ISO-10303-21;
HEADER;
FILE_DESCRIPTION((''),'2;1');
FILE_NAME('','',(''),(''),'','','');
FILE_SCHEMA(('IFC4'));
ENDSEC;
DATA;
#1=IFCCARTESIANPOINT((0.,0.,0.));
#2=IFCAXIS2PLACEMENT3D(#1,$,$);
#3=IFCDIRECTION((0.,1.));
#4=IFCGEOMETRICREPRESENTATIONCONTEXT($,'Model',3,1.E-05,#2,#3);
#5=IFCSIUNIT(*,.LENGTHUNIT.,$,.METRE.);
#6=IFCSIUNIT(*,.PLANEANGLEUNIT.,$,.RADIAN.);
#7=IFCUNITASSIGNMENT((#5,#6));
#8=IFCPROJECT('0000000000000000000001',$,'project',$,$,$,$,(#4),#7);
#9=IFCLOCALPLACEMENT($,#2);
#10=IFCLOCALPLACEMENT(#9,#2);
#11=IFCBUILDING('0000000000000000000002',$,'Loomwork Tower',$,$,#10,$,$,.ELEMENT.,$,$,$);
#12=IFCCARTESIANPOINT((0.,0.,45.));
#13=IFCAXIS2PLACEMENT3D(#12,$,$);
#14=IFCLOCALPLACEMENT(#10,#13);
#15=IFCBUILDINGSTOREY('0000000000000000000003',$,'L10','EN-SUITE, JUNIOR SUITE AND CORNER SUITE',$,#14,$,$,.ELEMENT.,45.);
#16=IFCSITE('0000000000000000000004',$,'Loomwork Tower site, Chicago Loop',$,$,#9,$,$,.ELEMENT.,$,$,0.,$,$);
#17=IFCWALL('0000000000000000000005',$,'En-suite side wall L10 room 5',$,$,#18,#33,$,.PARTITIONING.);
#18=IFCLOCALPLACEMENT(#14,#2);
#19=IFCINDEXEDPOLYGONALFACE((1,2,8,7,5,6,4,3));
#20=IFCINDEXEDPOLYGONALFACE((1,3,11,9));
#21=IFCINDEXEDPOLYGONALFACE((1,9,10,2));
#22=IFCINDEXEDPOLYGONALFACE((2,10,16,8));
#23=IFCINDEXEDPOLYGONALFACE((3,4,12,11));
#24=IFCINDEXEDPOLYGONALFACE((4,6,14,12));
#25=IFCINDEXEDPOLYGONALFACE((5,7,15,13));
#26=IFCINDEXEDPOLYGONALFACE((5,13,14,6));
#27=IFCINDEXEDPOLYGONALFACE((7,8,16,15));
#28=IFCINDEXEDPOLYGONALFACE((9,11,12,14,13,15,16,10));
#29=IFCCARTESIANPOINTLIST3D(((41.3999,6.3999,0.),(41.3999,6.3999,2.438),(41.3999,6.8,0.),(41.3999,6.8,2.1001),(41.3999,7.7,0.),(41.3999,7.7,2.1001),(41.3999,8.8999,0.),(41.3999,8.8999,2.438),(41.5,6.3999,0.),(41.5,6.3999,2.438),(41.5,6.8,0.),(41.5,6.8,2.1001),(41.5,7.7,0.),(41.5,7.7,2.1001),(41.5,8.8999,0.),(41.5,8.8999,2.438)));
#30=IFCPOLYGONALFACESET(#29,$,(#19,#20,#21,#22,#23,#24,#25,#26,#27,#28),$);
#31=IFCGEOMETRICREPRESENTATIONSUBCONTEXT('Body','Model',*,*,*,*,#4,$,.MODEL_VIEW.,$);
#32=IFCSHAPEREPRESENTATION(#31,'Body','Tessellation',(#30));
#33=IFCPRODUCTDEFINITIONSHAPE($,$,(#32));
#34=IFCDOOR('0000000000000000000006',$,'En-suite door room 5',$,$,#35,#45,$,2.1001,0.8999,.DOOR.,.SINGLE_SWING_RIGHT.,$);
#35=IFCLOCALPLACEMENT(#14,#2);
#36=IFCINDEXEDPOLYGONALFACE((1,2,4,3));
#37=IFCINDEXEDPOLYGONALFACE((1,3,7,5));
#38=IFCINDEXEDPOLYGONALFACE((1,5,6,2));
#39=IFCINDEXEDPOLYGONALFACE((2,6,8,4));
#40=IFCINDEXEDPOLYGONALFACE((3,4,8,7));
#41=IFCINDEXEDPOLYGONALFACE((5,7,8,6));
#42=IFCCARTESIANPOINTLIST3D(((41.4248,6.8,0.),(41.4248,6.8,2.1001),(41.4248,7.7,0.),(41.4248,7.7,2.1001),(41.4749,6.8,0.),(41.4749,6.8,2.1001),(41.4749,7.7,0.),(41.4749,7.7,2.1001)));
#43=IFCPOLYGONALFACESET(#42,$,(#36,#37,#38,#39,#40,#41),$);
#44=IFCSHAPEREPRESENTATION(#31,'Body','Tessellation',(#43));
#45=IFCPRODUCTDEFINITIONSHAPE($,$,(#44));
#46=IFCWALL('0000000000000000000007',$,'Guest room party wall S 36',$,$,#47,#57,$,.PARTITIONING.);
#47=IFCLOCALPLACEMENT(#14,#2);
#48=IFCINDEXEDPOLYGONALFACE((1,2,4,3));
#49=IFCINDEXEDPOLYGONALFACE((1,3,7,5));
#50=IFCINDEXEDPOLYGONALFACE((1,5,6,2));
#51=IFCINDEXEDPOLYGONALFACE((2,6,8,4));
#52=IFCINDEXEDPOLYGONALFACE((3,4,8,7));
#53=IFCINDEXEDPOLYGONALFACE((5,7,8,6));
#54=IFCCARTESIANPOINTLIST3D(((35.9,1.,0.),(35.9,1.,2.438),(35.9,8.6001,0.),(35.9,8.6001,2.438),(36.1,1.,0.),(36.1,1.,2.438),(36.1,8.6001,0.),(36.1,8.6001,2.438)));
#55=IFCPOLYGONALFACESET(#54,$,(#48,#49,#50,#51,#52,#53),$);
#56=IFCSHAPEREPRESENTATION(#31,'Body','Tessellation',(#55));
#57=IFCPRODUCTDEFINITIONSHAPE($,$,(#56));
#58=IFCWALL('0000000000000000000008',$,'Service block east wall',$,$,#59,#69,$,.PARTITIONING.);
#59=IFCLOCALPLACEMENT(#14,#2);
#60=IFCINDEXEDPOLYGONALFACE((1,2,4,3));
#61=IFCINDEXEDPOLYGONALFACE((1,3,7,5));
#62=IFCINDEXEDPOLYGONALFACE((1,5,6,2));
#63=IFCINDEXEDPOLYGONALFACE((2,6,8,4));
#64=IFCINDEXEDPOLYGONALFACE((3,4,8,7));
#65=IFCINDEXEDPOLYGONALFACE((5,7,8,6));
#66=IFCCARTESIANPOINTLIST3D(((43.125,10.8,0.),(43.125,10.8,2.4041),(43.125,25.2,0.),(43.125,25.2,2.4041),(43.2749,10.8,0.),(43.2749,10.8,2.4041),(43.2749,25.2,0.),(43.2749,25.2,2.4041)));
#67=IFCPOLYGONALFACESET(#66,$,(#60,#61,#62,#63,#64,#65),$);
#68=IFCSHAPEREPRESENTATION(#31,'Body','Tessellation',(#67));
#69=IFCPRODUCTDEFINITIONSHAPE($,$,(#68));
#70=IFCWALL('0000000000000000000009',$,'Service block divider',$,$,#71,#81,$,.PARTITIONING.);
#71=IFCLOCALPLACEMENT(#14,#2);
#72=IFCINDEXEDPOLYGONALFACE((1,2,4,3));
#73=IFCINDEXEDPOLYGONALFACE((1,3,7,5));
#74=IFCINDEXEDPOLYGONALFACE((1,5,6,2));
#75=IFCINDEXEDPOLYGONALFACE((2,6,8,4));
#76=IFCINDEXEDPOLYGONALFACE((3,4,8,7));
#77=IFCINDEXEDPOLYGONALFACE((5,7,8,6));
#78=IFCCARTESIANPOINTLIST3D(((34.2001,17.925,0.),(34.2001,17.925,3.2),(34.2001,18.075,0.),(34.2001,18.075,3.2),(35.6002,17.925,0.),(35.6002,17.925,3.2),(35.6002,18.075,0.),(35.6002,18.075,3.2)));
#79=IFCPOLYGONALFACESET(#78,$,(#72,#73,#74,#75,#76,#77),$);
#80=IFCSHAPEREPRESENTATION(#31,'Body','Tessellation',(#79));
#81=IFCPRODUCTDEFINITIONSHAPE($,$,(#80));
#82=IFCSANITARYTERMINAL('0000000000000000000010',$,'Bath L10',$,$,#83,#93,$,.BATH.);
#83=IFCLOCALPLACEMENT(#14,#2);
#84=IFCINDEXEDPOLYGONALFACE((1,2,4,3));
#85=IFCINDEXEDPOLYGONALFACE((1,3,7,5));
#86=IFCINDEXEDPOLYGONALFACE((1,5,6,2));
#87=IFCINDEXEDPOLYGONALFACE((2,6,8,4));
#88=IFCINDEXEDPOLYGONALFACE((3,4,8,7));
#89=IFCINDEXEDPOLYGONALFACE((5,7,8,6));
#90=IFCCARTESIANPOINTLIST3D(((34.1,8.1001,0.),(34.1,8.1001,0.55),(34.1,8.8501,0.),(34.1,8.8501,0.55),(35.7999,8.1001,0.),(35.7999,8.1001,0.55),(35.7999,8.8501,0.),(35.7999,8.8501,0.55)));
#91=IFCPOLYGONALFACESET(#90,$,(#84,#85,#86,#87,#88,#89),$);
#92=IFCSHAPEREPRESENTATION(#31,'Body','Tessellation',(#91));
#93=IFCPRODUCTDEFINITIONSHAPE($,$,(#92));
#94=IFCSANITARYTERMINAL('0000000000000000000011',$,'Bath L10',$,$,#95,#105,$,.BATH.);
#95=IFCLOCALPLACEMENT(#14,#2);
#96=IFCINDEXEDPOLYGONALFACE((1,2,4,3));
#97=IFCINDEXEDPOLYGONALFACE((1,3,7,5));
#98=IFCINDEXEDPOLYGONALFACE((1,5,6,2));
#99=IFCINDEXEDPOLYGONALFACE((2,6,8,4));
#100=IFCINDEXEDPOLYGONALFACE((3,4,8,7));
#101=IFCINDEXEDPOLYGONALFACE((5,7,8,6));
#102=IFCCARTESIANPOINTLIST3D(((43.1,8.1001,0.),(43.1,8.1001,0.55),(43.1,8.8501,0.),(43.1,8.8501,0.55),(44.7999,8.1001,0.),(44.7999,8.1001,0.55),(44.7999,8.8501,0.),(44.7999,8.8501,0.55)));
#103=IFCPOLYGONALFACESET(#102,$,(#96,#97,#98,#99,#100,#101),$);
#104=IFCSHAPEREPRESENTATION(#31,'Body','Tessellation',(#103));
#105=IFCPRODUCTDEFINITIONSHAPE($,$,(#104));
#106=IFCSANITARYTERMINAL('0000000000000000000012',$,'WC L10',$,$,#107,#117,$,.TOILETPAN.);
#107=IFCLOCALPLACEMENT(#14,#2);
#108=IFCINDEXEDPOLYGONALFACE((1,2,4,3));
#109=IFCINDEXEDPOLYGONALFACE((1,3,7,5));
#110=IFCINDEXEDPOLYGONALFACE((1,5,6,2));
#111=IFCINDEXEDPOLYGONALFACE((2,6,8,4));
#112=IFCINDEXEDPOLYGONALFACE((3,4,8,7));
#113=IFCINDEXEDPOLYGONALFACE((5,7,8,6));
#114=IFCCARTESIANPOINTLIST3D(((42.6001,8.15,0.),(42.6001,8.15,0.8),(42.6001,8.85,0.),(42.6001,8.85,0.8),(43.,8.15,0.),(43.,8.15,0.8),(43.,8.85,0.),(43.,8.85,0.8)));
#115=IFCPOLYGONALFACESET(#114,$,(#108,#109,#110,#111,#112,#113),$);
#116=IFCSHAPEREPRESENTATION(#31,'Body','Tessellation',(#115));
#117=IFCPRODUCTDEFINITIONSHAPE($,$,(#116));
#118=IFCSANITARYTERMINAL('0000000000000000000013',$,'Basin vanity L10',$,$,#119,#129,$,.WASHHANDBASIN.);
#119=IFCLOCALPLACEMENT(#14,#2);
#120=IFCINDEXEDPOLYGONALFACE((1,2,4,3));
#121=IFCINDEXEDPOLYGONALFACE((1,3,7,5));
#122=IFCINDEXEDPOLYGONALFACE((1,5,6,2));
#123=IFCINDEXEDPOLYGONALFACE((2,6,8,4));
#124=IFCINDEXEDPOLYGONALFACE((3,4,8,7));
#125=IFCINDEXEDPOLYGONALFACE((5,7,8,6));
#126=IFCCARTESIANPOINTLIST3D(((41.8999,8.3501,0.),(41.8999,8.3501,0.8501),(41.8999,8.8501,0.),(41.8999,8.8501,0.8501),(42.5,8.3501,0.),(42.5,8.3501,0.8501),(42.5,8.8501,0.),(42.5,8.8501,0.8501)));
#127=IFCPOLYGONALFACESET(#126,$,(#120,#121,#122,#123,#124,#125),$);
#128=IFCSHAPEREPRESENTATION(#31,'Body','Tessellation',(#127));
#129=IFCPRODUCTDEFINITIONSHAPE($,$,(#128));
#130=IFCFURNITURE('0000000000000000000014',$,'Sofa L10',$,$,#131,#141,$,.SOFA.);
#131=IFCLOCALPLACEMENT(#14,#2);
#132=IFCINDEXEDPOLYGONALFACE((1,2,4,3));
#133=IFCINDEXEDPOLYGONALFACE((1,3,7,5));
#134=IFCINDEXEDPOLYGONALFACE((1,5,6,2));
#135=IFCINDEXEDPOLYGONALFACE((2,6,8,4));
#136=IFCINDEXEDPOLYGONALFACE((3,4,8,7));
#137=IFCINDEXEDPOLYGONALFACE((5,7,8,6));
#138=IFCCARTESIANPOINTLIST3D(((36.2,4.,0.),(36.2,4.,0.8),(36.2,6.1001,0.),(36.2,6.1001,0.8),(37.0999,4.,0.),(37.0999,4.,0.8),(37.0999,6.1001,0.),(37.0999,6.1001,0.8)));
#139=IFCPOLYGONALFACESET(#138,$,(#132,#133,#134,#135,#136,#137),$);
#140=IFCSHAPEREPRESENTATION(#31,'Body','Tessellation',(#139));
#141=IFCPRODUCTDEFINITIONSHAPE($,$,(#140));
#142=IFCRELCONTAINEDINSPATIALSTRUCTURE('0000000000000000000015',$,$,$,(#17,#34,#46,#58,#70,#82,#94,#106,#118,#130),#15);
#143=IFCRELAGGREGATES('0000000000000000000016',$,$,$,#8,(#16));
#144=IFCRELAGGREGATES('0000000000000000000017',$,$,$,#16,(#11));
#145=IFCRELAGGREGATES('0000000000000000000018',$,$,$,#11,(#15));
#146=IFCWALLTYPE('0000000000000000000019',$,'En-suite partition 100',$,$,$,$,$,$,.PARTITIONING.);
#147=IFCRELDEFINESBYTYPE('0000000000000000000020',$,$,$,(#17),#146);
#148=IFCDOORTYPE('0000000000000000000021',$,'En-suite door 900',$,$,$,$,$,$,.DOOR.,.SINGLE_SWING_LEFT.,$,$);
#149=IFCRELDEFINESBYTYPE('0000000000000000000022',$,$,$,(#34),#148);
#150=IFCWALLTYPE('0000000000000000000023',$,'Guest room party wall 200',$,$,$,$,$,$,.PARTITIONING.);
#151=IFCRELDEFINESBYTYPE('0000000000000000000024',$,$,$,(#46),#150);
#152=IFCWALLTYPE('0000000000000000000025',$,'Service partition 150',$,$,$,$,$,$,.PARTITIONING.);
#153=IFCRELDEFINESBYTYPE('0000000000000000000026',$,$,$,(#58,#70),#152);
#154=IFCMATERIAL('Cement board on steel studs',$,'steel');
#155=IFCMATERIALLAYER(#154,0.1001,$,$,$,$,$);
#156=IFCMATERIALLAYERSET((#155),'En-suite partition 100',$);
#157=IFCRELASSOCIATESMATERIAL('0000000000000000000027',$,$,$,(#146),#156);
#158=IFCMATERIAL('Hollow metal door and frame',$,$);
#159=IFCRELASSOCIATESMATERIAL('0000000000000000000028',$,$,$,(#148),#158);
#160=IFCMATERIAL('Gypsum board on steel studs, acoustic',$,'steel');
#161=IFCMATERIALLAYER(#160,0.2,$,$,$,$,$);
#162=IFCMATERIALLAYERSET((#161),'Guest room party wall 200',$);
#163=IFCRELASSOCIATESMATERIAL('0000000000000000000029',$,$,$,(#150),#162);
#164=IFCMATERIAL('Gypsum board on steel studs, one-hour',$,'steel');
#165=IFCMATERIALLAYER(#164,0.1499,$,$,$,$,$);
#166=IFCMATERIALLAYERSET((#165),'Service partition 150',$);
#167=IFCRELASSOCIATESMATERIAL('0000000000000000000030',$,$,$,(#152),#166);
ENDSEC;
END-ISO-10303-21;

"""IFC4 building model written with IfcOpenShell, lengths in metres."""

from ifc_helpers import new_model, si_unit, direction, frame, frame_2d, origin, origin_2d, place, context, subcontext, project, spatial, rectangle, extrude, material, layer, layer_set, type_object, element, fill, save


model = new_model("IFC4")

# Units and contexts
model_context = context("Model", 3, precision=1e-05, world=origin(), true_north=direction((0.0, 1.0)))
body_context = subcontext(model_context, "Body", "Model", "MODEL_VIEW")
ifc_project = project(units=[si_unit("LENGTHUNIT", "METRE"), si_unit("PLANEANGLEUNIT", "RADIAN")], contexts=[model_context])

# Site, building, storey
site_placement = place(None, origin())
site = spatial("IfcSite", under=ifc_project, at=site_placement, Name="Loomwork Tower site, Chicago Loop", CompositionType="ELEMENT", RefElevation=0.0)
building_placement = place(site_placement, origin())
building = spatial("IfcBuilding", under=site, at=building_placement, Name="Loomwork Tower", CompositionType="ELEMENT")
storey_placement = place(building_placement, frame((0.0, 0.0, 45.0)))
storey = spatial("IfcBuildingStorey", under=building, at=storey_placement, Name="L10", Description="EN-SUITE, JUNIOR SUITE AND CORNER SUITE", CompositionType="ELEMENT", Elevation=45.0)

# Shared definitions
ifc_material_1 = material(Name="Cement board on steel studs", Category="steel")
ifc_layer_1 = layer(ifc_material_1, 0.1001)
ifc_layer_set_1 = layer_set([ifc_layer_1], Name="En-suite partition 100")
wall_type_1 = type_object("IfcWallType", Name="En-suite partition 100", PredefinedType="PARTITIONING", material=ifc_layer_set_1)

# Wall, opening, door
wall_1_placement = place(storey_placement, frame((41.45, 8.8999, 0.0), z_axis=(0.0, 0.0, 1.0), x_axis=(0.0, -1.0, 0.0)))
wall_1 = element("IfcWall", 1, at=wall_1_placement, inside=storey, type_object=wall_type_1, Name="En-suite side wall L10 room 5", PredefinedType="PARTITIONING", context=body_context, shape_type="SweptSolid", body=[
    extrude(rectangle(XDim=2.5, YDim=0.1001, at=frame_2d((1.25, 0.0))), origin(), (0.0, 0.0, 1.0), 2.438),
])
opening_1_placement = place(wall_1_placement, frame((1.2, 0.0, 0.0)))
opening_1 = element("IfcOpeningElement", 2, at=opening_1_placement, cuts=wall_1, PredefinedType="OPENING", context=body_context, shape_type="SweptSolid", body=[
    extrude(rectangle(XDim=0.8999, YDim=2.1001, at=frame_2d((0.45, 1.05))), frame((0.0, 0.0601, 0.0), z_axis=(0.0, -1.0, 0.0), x_axis=(1.0, 0.0, 0.0)), (0.0, 0.0, 1.0), 0.1201),
])
ifc_material_2 = material(Name="Hollow metal door and frame")
door_type_1 = type_object("IfcDoorType", Name="En-suite door 900", OperationType="SINGLE_SWING_LEFT", PredefinedType="DOOR", material=ifc_material_2)
door_1_placement = place(opening_1_placement, origin())
door_1 = element("IfcDoor", 3, at=door_1_placement, inside=storey, type_object=door_type_1, Name="En-suite door room 5", OperationType="SINGLE_SWING_RIGHT", OverallHeight=2.1001, OverallWidth=0.8999, PredefinedType="DOOR", context=body_context, shape_type="SweptSolid", body=[
    extrude(rectangle(XDim=0.8999, YDim=2.1001, at=frame_2d((0.45, 1.05))), frame((0.0, 0.0249, 0.0), z_axis=(0.0, -1.0, 0.0), x_axis=(1.0, 0.0, 0.0)), (0.0, 0.0, 1.0), 0.05),
])
fill(opening_1, door_1)

# Walls
ifc_material_3 = material(Name="Gypsum board on steel studs, acoustic", Category="steel")
ifc_layer_2 = layer(ifc_material_3, 0.2)
ifc_layer_set_2 = layer_set([ifc_layer_2], Name="Guest room party wall 200")
wall_type_2 = type_object("IfcWallType", Name="Guest room party wall 200", PredefinedType="PARTITIONING", material=ifc_layer_set_2)
wall_2_placement = place(storey_placement, frame((36.0, 8.6001, 0.0), z_axis=(0.0, 0.0, 1.0), x_axis=(0.0, -1.0, 0.0)))
element("IfcWall", 4, at=wall_2_placement, inside=storey, type_object=wall_type_2, Name="Guest room party wall S 36", PredefinedType="PARTITIONING", context=body_context, shape_type="SweptSolid", body=[
    extrude(rectangle(XDim=7.6001, YDim=0.2, at=frame_2d((3.8, 0.0))), origin(), (0.0, 0.0, 1.0), 2.438),
])
ifc_material_4 = material(Name="Gypsum board on steel studs, one-hour", Category="steel")
ifc_layer_3 = layer(ifc_material_4, 0.1499)
ifc_layer_set_3 = layer_set([ifc_layer_3], Name="Service partition 150")
wall_type_3 = type_object("IfcWallType", Name="Service partition 150", PredefinedType="PARTITIONING", material=ifc_layer_set_3)
wall_3_placement = place(storey_placement, frame((43.2, 10.8, 0.0), z_axis=(0.0, 0.0, 1.0), x_axis=(0.0, 1.0, 0.0)))
element("IfcWall", 5, at=wall_3_placement, inside=storey, type_object=wall_type_3, Name="Service block east wall", PredefinedType="PARTITIONING", context=body_context, shape_type="SweptSolid", body=[
    extrude(rectangle(XDim=14.3999, YDim=0.1499, at=frame_2d((7.2, 0.0))), origin(), (0.0, 0.0, 1.0), 2.4041),
])
wall_4_placement = place(storey_placement, frame((34.2, 18.0, 0.0), z_axis=(0.0, 0.0, 1.0), x_axis=(1.0, 0.0, 0.0)))
element("IfcWall", 6, at=wall_4_placement, inside=storey, type_object=wall_type_3, Name="Service block divider", PredefinedType="PARTITIONING", context=body_context, shape_type="SweptSolid", body=[
    extrude(rectangle(XDim=1.4001, YDim=0.1499, at=frame_2d((0.7002, 0.0))), origin(), (0.0, 0.0, 1.0), 3.2),
])

# Sanitary terminals
for number, where, z_axis, x_axis, name in (
    (7, (34.95, 8.4751, 0.0), (0.0, 0.0, 1.0), (1.0, 0.0, 0.0), "Bath L10"),
    (8, (43.95, 8.4751, 0.0), (0.0, 0.0, 1.0), (1.0, 0.0, 0.0), "Bath L10"),
):
    element("IfcSanitaryTerminal", number, at=place(storey_placement, frame(where, z_axis=z_axis, x_axis=x_axis)), inside=storey, Name=name, PredefinedType="BATH", context=body_context, shape_type="SweptSolid", body=[
        extrude(rectangle(XDim=1.7, YDim=0.75, at=origin_2d()), origin(), (0.0, 0.0, 1.0), 0.55),
    ])
sanitary_terminal_1_placement = place(storey_placement, frame((42.8, 8.5, 0.0), z_axis=(0.0, 0.0, 1.0), x_axis=(1.0, 0.0, 0.0)))
element("IfcSanitaryTerminal", 9, at=sanitary_terminal_1_placement, inside=storey, Name="WC L10", PredefinedType="TOILETPAN", context=body_context, shape_type="SweptSolid", body=[
    extrude(rectangle(XDim=0.3999, YDim=0.7, at=origin_2d()), origin(), (0.0, 0.0, 1.0), 0.8),
])
sanitary_terminal_2_placement = place(storey_placement, frame((42.2, 8.6001, 0.0), z_axis=(0.0, 0.0, 1.0), x_axis=(1.0, 0.0, 0.0)))
element("IfcSanitaryTerminal", 10, at=sanitary_terminal_2_placement, inside=storey, Name="Basin vanity L10", PredefinedType="WASHHANDBASIN", context=body_context, shape_type="SweptSolid", body=[
    extrude(rectangle(XDim=0.6001, YDim=0.5, at=origin_2d()), origin(), (0.0, 0.0, 1.0), 0.8501),
])

# Furniture
furniture_placement = place(storey_placement, frame((36.6499, 5.05, 0.0), z_axis=(0.0, 0.0, 1.0), x_axis=(1.0, 0.0, 0.0)))
element("IfcFurniture", 11, at=furniture_placement, inside=storey, Name="Sofa L10", PredefinedType="SOFA", context=body_context, shape_type="SweptSolid", body=[
    extrude(rectangle(XDim=0.8999, YDim=2.1001, at=origin_2d()), origin(), (0.0, 0.0, 1.0), 0.8),
])

save(model, "model.ifc")
